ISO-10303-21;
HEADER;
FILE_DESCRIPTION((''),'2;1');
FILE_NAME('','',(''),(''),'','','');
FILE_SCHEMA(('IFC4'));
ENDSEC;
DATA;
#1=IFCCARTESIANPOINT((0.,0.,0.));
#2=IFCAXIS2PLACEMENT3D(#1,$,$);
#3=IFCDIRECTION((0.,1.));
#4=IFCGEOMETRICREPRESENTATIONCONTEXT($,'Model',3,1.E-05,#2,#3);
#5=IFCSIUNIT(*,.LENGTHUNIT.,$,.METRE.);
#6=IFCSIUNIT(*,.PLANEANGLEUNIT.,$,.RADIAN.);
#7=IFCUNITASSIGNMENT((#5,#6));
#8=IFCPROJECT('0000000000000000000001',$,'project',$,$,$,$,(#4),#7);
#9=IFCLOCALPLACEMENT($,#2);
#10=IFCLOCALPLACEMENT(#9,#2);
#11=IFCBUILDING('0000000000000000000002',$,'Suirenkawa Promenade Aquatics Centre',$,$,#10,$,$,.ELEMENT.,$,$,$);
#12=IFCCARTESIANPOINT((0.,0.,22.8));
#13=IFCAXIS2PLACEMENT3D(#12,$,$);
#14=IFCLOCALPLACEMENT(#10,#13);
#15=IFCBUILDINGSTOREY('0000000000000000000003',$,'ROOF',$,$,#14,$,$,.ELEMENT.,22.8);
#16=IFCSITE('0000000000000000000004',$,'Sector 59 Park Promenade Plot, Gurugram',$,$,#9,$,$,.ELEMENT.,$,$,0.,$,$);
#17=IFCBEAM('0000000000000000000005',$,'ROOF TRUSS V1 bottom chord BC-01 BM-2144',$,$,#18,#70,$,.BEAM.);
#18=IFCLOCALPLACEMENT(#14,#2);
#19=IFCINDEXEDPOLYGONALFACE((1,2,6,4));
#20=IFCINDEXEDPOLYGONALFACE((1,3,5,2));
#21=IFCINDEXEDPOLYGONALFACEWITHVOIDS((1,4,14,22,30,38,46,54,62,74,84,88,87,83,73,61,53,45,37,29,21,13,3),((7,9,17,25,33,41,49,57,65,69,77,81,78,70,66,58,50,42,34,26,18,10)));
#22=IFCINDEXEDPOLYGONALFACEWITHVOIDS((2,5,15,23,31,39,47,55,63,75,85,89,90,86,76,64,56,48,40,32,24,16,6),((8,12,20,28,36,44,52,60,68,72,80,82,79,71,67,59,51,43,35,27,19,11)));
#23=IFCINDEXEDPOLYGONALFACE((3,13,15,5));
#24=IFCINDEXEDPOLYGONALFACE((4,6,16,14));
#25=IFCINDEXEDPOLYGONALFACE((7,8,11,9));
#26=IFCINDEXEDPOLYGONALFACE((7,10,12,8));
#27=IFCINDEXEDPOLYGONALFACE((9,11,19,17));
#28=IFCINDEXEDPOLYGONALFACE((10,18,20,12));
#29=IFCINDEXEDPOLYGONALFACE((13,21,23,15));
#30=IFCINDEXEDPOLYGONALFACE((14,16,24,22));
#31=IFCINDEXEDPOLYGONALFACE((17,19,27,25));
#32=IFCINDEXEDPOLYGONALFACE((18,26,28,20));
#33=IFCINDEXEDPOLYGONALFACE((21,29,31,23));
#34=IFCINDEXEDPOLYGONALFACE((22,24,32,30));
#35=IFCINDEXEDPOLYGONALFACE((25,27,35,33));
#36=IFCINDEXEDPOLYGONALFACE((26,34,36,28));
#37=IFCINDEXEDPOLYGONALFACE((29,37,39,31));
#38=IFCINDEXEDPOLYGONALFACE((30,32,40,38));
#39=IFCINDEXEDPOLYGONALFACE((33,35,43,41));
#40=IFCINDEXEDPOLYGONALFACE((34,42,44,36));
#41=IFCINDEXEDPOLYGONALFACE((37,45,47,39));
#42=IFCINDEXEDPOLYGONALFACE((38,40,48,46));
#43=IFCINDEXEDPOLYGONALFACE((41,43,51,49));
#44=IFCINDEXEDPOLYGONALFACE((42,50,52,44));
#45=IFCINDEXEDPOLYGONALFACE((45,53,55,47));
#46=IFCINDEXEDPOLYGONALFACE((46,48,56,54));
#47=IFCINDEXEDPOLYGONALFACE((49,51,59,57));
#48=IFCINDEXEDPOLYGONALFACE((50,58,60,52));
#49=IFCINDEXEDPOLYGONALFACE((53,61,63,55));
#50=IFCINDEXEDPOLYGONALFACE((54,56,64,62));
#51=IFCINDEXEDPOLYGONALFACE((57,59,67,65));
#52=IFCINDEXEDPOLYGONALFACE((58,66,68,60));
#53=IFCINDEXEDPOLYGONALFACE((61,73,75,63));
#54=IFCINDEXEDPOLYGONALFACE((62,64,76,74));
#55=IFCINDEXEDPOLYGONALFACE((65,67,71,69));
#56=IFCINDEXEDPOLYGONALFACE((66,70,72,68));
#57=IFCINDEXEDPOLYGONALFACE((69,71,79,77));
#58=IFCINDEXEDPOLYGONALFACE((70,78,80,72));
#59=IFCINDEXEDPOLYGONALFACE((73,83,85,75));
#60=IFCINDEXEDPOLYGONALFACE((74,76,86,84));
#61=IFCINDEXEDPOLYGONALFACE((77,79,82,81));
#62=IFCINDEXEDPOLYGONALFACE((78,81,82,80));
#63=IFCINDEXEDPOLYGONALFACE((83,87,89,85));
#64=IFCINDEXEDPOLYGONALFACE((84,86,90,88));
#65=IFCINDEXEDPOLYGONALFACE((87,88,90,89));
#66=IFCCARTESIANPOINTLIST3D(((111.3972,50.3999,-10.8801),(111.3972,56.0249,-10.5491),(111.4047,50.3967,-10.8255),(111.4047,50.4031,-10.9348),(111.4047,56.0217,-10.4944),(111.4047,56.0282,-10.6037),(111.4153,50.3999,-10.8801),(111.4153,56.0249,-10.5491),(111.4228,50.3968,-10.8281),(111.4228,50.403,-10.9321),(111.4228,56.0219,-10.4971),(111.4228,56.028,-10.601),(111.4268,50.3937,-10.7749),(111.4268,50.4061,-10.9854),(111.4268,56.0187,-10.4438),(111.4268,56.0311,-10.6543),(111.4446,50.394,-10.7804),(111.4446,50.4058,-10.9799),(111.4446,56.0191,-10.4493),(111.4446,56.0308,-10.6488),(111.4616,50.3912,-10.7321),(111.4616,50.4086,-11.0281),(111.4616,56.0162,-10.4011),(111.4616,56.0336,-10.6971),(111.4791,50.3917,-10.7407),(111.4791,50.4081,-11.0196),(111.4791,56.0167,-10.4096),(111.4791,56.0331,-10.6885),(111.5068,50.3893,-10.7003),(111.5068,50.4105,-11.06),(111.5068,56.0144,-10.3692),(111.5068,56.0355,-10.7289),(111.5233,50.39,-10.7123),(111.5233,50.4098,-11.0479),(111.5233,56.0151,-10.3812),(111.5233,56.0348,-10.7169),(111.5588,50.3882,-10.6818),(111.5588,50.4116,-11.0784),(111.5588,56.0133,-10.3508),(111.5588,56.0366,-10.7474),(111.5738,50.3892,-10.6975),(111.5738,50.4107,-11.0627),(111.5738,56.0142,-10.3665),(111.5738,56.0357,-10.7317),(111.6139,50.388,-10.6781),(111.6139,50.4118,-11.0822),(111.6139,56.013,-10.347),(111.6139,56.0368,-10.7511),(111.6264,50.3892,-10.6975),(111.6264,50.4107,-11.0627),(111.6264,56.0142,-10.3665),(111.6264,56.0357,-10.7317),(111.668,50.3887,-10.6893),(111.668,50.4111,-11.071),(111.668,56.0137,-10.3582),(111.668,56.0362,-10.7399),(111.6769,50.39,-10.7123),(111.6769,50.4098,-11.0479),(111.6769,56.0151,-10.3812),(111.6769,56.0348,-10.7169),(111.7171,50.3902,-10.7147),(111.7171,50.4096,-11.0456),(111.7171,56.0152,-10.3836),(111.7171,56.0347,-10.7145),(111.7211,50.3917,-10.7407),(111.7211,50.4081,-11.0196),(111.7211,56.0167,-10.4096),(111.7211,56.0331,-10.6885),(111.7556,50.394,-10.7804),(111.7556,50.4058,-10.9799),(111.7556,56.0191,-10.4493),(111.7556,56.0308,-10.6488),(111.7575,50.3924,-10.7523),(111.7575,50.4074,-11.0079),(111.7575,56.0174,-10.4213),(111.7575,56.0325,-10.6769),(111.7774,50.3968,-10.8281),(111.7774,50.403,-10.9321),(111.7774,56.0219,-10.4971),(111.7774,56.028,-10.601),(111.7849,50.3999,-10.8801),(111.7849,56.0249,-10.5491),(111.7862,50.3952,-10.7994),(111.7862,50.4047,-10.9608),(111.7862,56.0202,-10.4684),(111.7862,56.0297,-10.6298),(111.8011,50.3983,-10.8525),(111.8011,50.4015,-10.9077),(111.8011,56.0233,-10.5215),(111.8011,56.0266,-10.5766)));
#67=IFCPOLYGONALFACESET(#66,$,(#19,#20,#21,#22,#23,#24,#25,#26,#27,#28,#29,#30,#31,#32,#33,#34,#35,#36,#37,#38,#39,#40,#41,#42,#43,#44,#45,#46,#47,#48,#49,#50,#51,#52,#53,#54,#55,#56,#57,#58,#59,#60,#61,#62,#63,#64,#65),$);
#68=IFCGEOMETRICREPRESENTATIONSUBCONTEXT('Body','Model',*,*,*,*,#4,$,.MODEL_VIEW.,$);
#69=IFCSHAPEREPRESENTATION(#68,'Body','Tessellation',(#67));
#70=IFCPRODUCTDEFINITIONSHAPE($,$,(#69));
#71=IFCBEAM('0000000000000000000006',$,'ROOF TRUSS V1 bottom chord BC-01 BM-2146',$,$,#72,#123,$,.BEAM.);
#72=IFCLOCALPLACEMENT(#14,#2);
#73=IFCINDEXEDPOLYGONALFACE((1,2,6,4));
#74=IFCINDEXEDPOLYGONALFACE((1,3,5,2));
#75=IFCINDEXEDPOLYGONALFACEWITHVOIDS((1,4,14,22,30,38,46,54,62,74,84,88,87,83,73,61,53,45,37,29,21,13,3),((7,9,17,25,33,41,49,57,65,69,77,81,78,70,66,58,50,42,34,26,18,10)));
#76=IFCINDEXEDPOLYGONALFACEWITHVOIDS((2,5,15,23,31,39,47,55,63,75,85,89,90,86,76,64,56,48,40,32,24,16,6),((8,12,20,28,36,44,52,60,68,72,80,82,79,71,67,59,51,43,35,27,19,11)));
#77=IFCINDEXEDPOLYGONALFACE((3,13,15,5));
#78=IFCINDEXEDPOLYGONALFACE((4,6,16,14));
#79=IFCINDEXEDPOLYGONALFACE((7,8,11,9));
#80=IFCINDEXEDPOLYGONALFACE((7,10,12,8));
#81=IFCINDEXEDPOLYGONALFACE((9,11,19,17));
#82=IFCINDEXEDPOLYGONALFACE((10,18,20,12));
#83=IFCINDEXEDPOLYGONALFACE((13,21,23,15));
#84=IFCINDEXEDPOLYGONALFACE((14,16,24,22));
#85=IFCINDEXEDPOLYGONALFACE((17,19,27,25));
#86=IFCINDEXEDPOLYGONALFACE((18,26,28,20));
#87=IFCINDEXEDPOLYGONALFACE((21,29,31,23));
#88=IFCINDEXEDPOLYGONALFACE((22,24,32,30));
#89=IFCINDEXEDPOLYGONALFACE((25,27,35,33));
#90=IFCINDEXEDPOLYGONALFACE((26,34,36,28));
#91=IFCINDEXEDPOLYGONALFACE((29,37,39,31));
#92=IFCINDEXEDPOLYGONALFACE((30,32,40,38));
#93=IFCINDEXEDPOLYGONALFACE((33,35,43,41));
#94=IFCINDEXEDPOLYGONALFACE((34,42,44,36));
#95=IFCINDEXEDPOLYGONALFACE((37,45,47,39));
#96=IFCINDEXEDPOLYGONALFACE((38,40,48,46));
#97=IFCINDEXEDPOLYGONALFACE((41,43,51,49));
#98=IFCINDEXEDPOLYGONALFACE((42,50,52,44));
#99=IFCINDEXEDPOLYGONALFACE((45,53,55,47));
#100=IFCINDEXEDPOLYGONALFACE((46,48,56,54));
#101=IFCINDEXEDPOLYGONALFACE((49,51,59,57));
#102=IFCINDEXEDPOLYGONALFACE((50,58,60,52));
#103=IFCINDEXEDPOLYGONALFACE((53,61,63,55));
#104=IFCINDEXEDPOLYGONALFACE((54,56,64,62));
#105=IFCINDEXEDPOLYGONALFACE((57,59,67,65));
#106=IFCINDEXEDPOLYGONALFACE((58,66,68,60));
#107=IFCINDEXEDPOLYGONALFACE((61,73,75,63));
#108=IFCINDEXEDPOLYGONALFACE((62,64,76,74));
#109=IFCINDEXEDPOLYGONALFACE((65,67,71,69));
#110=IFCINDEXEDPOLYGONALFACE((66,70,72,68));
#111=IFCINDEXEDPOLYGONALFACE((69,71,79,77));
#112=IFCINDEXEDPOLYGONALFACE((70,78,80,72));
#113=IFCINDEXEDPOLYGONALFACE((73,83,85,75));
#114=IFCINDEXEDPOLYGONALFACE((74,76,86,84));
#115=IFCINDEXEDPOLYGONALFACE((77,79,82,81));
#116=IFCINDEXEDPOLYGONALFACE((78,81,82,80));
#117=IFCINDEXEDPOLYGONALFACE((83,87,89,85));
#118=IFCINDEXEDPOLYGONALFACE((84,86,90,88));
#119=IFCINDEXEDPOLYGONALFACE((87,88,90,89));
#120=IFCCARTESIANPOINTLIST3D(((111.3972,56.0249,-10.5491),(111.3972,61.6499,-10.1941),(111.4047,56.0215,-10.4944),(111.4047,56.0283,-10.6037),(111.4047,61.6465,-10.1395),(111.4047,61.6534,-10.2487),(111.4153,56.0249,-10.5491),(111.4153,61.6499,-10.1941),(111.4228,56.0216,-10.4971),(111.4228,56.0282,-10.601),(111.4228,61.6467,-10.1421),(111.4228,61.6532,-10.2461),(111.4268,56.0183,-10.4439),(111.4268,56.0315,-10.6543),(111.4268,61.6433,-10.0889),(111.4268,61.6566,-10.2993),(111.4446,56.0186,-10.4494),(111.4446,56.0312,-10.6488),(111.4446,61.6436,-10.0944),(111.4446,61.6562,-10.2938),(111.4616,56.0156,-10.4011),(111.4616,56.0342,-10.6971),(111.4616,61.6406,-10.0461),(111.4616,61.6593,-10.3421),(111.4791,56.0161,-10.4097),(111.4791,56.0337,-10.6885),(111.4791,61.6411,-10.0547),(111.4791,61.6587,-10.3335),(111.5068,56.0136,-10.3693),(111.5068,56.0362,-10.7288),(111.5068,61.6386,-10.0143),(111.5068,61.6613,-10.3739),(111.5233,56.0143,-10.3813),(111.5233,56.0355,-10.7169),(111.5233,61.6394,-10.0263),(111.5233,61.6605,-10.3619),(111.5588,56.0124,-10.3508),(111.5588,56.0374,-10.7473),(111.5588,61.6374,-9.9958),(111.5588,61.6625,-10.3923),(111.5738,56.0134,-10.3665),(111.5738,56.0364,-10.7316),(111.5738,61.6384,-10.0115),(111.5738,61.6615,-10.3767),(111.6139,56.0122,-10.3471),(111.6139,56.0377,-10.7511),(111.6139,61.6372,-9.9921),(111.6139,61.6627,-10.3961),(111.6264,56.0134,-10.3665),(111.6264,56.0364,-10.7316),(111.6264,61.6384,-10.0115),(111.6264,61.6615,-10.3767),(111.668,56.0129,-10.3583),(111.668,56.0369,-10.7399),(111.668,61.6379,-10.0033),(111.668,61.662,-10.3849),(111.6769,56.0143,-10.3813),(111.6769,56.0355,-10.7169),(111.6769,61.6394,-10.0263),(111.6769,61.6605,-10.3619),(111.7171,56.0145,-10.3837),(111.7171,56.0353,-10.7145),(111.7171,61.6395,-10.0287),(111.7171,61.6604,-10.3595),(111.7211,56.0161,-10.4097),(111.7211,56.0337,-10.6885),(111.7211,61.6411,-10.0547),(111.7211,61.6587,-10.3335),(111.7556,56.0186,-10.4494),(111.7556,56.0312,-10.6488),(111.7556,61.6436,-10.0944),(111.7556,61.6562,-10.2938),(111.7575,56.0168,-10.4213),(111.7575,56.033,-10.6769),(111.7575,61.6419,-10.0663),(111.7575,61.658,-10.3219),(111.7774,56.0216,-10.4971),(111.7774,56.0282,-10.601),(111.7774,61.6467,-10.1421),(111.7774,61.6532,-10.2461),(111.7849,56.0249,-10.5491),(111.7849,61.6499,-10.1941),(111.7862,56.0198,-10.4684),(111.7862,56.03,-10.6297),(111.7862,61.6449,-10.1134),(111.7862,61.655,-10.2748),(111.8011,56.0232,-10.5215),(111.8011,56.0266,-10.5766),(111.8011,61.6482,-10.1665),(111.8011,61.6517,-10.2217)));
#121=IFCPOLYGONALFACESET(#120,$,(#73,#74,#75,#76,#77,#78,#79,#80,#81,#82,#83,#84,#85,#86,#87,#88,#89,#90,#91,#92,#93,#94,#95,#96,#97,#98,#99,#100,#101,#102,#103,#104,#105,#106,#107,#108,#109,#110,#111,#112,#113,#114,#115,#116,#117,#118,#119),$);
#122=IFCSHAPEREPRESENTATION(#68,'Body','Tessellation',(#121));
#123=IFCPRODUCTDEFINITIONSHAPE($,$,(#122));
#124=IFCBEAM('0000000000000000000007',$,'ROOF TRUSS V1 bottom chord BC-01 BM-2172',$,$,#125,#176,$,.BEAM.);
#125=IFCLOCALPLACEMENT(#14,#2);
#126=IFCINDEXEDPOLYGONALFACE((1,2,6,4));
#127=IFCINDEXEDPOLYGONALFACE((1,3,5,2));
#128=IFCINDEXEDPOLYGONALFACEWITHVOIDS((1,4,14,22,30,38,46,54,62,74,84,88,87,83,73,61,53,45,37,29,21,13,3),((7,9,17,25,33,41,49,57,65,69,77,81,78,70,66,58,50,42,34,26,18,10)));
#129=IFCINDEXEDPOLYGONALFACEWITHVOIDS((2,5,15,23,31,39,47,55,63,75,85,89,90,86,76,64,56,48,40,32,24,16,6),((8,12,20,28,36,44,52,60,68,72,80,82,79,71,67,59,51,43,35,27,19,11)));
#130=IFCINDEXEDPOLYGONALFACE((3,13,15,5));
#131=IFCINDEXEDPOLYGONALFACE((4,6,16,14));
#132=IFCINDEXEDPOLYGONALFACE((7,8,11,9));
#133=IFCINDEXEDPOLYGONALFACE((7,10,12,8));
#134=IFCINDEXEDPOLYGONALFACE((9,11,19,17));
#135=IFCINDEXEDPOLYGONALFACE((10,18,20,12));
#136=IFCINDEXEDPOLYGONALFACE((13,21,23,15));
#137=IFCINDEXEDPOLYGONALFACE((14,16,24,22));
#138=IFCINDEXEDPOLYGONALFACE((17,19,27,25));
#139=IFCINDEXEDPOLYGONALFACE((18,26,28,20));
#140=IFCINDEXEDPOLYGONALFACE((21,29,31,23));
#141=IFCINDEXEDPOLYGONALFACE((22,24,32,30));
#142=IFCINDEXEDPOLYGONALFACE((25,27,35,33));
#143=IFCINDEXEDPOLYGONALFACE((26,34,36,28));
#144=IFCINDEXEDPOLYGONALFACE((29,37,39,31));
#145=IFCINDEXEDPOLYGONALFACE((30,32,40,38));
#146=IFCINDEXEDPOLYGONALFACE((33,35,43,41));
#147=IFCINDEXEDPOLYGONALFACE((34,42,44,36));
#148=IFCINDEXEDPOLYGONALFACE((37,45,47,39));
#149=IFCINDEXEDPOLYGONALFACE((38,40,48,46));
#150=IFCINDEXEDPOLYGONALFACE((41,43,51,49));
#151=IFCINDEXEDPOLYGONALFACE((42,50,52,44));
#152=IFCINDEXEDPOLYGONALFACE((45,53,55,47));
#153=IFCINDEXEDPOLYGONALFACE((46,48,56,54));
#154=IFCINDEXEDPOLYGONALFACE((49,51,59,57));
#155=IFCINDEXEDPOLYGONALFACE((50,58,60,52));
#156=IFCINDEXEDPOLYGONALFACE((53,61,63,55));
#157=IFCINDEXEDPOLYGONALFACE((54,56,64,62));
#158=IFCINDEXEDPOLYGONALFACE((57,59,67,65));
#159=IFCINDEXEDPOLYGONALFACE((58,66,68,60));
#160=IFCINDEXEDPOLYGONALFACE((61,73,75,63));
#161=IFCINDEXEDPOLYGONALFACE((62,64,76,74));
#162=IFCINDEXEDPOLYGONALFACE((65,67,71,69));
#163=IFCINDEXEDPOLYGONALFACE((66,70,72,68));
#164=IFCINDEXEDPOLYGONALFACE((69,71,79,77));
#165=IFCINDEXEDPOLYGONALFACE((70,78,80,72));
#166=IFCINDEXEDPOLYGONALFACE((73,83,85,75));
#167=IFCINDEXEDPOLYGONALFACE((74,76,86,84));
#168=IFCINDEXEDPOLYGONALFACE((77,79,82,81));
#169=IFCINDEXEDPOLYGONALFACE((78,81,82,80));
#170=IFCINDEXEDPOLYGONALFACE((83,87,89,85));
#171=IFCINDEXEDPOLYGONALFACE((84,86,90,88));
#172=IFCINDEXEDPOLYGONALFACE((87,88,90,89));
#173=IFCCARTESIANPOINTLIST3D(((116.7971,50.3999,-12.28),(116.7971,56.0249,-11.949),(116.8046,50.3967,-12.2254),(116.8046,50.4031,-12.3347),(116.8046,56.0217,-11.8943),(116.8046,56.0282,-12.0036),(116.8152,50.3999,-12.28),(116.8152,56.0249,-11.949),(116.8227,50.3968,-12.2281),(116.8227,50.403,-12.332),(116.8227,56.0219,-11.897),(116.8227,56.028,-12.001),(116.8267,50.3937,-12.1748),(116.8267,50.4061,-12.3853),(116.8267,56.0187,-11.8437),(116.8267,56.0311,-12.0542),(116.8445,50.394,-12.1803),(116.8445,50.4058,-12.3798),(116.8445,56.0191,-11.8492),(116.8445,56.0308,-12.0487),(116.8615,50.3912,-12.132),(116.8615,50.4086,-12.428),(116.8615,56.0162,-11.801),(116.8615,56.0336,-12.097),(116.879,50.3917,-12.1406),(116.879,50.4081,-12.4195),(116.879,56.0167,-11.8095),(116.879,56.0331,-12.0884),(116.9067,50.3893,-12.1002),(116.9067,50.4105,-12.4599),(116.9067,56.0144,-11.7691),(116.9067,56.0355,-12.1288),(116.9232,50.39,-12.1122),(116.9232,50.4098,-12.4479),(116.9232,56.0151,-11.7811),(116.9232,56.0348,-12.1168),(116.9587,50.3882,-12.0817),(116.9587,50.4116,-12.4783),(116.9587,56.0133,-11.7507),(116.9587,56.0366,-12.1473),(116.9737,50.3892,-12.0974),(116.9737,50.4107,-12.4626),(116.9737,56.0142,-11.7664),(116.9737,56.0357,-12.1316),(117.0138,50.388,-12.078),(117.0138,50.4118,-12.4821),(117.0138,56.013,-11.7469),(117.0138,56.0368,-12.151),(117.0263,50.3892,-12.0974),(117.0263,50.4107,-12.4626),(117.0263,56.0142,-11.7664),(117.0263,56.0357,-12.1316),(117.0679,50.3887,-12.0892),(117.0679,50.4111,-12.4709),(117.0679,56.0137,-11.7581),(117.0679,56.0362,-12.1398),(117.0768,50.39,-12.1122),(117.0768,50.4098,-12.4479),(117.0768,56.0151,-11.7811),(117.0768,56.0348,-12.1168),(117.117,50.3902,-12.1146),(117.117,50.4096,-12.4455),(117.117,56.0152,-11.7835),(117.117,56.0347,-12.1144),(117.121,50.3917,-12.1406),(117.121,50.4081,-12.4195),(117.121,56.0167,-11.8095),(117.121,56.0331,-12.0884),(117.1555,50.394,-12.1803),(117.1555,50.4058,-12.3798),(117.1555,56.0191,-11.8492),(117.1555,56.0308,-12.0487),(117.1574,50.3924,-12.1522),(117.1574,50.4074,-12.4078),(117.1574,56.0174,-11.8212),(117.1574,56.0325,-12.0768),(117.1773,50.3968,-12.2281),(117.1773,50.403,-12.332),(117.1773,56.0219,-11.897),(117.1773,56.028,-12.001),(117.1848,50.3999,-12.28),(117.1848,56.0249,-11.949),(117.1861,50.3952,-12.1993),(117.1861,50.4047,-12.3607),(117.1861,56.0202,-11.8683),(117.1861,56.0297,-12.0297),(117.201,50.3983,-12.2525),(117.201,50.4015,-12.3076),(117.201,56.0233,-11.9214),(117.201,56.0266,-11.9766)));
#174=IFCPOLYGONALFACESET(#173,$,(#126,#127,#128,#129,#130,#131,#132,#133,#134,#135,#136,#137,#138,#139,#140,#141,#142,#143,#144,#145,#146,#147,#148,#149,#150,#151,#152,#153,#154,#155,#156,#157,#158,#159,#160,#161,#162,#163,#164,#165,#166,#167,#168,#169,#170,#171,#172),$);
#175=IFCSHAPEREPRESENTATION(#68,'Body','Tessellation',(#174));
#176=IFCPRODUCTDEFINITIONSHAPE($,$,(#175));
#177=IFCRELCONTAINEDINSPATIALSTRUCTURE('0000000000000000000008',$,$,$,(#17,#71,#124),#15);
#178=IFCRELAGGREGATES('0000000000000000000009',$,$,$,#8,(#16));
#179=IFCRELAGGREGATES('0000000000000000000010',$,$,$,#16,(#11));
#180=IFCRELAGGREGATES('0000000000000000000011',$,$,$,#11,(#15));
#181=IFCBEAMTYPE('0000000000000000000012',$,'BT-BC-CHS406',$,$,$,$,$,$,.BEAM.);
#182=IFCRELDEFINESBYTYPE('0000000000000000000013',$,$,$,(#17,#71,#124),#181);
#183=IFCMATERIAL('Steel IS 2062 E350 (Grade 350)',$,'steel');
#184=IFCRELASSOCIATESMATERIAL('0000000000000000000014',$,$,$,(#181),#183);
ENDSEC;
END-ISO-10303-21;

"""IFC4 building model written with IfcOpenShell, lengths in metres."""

from ifc_helpers import new_model, si_unit, direction, frame, origin, origin_2d, place, context, subcontext, project, spatial, hollow_circle, extrude, material, material_profile, profile_set, type_object, element, save


model = new_model("IFC4")

# Units and contexts
model_context = context("Model", 3, precision=1e-05, world=origin(), true_north=direction((0.0, 1.0)))
body_context = subcontext(model_context, "Body", "Model", "MODEL_VIEW")
ifc_project = project(units=[si_unit("LENGTHUNIT", "METRE"), si_unit("PLANEANGLEUNIT", "RADIAN")], contexts=[model_context])

# Site, building, storey
site_placement = place(None, origin())
site = spatial("IfcSite", under=ifc_project, at=site_placement, Name="Sector 59 Park Promenade Plot, Gurugram", CompositionType="ELEMENT", RefElevation=0.0)
building_placement = place(site_placement, origin())
building = spatial("IfcBuilding", under=site, at=building_placement, Name="Suirenkawa Promenade Aquatics Centre", CompositionType="ELEMENT")
storey_placement = place(building_placement, frame((0.0, 0.0, 22.8)))
storey = spatial("IfcBuildingStorey", under=building, at=storey_placement, Name="ROOF", CompositionType="ELEMENT", Elevation=22.8)

# Beams
ifc_material_1 = material(Name="Steel IS 2062 E350 (Grade 350)", Category="steel")
ifc_material_profile_1 = material_profile(ifc_material_1, hollow_circle(Radius=0.2029, WallThickness=0.0181, at=origin_2d()), Name="CHS 406x18", Category="steel")
ifc_profile_set_1 = profile_set([ifc_material_profile_1], Name="Steel IS 2062 E350 (Grade 350)")
beam_type_1 = type_object("IfcBeamType", Name="BT-BC-CHS406", PredefinedType="BEAM", material=ifc_profile_set_1)
beam_1_placement = place(storey_placement, frame((111.6001, 50.3999, -10.8801), z_axis=(0.0, 0.998273, 0.058753), x_axis=(-1.0, 0.0, 0.0)))
element("IfcBeam", 1, at=beam_1_placement, inside=storey, type_object=beam_type_1, Name="ROOF TRUSS V1 bottom chord BC-01 BM-2144", PredefinedType="BEAM", context=body_context, shape_type="SweptSolid", body=[
    extrude(hollow_circle(Radius=0.2029, WallThickness=0.0181, at=origin_2d()), origin(), (0.0, 0.0, 1.0), 5.6348),
])
beam_2_placement = place(storey_placement, frame((111.6001, 56.0249, -10.5491), z_axis=(0.0, 0.998015, 0.062982), x_axis=(-1.0, 0.0, 0.0)))
element("IfcBeam", 2, at=beam_2_placement, inside=storey, type_object=beam_type_1, Name="ROOF TRUSS V1 bottom chord BC-01 BM-2146", PredefinedType="BEAM", context=body_context, shape_type="SweptSolid", body=[
    extrude(hollow_circle(Radius=0.2029, WallThickness=0.0181, at=origin_2d()), origin(), (0.0, 0.0, 1.0), 5.6362),
])
beam_3_placement = place(storey_placement, frame((117.0, 50.3999, -12.28), z_axis=(0.0, 0.998273, 0.058753), x_axis=(-1.0, 0.0, 0.0)))
element("IfcBeam", 3, at=beam_3_placement, inside=storey, type_object=beam_type_1, Name="ROOF TRUSS V1 bottom chord BC-01 BM-2172", PredefinedType="BEAM", context=body_context, shape_type="SweptSolid", body=[
    extrude(hollow_circle(Radius=0.2029, WallThickness=0.0181, at=origin_2d()), origin(), (0.0, 0.0, 1.0), 5.6348),
])

save(model, "model.ifc")
